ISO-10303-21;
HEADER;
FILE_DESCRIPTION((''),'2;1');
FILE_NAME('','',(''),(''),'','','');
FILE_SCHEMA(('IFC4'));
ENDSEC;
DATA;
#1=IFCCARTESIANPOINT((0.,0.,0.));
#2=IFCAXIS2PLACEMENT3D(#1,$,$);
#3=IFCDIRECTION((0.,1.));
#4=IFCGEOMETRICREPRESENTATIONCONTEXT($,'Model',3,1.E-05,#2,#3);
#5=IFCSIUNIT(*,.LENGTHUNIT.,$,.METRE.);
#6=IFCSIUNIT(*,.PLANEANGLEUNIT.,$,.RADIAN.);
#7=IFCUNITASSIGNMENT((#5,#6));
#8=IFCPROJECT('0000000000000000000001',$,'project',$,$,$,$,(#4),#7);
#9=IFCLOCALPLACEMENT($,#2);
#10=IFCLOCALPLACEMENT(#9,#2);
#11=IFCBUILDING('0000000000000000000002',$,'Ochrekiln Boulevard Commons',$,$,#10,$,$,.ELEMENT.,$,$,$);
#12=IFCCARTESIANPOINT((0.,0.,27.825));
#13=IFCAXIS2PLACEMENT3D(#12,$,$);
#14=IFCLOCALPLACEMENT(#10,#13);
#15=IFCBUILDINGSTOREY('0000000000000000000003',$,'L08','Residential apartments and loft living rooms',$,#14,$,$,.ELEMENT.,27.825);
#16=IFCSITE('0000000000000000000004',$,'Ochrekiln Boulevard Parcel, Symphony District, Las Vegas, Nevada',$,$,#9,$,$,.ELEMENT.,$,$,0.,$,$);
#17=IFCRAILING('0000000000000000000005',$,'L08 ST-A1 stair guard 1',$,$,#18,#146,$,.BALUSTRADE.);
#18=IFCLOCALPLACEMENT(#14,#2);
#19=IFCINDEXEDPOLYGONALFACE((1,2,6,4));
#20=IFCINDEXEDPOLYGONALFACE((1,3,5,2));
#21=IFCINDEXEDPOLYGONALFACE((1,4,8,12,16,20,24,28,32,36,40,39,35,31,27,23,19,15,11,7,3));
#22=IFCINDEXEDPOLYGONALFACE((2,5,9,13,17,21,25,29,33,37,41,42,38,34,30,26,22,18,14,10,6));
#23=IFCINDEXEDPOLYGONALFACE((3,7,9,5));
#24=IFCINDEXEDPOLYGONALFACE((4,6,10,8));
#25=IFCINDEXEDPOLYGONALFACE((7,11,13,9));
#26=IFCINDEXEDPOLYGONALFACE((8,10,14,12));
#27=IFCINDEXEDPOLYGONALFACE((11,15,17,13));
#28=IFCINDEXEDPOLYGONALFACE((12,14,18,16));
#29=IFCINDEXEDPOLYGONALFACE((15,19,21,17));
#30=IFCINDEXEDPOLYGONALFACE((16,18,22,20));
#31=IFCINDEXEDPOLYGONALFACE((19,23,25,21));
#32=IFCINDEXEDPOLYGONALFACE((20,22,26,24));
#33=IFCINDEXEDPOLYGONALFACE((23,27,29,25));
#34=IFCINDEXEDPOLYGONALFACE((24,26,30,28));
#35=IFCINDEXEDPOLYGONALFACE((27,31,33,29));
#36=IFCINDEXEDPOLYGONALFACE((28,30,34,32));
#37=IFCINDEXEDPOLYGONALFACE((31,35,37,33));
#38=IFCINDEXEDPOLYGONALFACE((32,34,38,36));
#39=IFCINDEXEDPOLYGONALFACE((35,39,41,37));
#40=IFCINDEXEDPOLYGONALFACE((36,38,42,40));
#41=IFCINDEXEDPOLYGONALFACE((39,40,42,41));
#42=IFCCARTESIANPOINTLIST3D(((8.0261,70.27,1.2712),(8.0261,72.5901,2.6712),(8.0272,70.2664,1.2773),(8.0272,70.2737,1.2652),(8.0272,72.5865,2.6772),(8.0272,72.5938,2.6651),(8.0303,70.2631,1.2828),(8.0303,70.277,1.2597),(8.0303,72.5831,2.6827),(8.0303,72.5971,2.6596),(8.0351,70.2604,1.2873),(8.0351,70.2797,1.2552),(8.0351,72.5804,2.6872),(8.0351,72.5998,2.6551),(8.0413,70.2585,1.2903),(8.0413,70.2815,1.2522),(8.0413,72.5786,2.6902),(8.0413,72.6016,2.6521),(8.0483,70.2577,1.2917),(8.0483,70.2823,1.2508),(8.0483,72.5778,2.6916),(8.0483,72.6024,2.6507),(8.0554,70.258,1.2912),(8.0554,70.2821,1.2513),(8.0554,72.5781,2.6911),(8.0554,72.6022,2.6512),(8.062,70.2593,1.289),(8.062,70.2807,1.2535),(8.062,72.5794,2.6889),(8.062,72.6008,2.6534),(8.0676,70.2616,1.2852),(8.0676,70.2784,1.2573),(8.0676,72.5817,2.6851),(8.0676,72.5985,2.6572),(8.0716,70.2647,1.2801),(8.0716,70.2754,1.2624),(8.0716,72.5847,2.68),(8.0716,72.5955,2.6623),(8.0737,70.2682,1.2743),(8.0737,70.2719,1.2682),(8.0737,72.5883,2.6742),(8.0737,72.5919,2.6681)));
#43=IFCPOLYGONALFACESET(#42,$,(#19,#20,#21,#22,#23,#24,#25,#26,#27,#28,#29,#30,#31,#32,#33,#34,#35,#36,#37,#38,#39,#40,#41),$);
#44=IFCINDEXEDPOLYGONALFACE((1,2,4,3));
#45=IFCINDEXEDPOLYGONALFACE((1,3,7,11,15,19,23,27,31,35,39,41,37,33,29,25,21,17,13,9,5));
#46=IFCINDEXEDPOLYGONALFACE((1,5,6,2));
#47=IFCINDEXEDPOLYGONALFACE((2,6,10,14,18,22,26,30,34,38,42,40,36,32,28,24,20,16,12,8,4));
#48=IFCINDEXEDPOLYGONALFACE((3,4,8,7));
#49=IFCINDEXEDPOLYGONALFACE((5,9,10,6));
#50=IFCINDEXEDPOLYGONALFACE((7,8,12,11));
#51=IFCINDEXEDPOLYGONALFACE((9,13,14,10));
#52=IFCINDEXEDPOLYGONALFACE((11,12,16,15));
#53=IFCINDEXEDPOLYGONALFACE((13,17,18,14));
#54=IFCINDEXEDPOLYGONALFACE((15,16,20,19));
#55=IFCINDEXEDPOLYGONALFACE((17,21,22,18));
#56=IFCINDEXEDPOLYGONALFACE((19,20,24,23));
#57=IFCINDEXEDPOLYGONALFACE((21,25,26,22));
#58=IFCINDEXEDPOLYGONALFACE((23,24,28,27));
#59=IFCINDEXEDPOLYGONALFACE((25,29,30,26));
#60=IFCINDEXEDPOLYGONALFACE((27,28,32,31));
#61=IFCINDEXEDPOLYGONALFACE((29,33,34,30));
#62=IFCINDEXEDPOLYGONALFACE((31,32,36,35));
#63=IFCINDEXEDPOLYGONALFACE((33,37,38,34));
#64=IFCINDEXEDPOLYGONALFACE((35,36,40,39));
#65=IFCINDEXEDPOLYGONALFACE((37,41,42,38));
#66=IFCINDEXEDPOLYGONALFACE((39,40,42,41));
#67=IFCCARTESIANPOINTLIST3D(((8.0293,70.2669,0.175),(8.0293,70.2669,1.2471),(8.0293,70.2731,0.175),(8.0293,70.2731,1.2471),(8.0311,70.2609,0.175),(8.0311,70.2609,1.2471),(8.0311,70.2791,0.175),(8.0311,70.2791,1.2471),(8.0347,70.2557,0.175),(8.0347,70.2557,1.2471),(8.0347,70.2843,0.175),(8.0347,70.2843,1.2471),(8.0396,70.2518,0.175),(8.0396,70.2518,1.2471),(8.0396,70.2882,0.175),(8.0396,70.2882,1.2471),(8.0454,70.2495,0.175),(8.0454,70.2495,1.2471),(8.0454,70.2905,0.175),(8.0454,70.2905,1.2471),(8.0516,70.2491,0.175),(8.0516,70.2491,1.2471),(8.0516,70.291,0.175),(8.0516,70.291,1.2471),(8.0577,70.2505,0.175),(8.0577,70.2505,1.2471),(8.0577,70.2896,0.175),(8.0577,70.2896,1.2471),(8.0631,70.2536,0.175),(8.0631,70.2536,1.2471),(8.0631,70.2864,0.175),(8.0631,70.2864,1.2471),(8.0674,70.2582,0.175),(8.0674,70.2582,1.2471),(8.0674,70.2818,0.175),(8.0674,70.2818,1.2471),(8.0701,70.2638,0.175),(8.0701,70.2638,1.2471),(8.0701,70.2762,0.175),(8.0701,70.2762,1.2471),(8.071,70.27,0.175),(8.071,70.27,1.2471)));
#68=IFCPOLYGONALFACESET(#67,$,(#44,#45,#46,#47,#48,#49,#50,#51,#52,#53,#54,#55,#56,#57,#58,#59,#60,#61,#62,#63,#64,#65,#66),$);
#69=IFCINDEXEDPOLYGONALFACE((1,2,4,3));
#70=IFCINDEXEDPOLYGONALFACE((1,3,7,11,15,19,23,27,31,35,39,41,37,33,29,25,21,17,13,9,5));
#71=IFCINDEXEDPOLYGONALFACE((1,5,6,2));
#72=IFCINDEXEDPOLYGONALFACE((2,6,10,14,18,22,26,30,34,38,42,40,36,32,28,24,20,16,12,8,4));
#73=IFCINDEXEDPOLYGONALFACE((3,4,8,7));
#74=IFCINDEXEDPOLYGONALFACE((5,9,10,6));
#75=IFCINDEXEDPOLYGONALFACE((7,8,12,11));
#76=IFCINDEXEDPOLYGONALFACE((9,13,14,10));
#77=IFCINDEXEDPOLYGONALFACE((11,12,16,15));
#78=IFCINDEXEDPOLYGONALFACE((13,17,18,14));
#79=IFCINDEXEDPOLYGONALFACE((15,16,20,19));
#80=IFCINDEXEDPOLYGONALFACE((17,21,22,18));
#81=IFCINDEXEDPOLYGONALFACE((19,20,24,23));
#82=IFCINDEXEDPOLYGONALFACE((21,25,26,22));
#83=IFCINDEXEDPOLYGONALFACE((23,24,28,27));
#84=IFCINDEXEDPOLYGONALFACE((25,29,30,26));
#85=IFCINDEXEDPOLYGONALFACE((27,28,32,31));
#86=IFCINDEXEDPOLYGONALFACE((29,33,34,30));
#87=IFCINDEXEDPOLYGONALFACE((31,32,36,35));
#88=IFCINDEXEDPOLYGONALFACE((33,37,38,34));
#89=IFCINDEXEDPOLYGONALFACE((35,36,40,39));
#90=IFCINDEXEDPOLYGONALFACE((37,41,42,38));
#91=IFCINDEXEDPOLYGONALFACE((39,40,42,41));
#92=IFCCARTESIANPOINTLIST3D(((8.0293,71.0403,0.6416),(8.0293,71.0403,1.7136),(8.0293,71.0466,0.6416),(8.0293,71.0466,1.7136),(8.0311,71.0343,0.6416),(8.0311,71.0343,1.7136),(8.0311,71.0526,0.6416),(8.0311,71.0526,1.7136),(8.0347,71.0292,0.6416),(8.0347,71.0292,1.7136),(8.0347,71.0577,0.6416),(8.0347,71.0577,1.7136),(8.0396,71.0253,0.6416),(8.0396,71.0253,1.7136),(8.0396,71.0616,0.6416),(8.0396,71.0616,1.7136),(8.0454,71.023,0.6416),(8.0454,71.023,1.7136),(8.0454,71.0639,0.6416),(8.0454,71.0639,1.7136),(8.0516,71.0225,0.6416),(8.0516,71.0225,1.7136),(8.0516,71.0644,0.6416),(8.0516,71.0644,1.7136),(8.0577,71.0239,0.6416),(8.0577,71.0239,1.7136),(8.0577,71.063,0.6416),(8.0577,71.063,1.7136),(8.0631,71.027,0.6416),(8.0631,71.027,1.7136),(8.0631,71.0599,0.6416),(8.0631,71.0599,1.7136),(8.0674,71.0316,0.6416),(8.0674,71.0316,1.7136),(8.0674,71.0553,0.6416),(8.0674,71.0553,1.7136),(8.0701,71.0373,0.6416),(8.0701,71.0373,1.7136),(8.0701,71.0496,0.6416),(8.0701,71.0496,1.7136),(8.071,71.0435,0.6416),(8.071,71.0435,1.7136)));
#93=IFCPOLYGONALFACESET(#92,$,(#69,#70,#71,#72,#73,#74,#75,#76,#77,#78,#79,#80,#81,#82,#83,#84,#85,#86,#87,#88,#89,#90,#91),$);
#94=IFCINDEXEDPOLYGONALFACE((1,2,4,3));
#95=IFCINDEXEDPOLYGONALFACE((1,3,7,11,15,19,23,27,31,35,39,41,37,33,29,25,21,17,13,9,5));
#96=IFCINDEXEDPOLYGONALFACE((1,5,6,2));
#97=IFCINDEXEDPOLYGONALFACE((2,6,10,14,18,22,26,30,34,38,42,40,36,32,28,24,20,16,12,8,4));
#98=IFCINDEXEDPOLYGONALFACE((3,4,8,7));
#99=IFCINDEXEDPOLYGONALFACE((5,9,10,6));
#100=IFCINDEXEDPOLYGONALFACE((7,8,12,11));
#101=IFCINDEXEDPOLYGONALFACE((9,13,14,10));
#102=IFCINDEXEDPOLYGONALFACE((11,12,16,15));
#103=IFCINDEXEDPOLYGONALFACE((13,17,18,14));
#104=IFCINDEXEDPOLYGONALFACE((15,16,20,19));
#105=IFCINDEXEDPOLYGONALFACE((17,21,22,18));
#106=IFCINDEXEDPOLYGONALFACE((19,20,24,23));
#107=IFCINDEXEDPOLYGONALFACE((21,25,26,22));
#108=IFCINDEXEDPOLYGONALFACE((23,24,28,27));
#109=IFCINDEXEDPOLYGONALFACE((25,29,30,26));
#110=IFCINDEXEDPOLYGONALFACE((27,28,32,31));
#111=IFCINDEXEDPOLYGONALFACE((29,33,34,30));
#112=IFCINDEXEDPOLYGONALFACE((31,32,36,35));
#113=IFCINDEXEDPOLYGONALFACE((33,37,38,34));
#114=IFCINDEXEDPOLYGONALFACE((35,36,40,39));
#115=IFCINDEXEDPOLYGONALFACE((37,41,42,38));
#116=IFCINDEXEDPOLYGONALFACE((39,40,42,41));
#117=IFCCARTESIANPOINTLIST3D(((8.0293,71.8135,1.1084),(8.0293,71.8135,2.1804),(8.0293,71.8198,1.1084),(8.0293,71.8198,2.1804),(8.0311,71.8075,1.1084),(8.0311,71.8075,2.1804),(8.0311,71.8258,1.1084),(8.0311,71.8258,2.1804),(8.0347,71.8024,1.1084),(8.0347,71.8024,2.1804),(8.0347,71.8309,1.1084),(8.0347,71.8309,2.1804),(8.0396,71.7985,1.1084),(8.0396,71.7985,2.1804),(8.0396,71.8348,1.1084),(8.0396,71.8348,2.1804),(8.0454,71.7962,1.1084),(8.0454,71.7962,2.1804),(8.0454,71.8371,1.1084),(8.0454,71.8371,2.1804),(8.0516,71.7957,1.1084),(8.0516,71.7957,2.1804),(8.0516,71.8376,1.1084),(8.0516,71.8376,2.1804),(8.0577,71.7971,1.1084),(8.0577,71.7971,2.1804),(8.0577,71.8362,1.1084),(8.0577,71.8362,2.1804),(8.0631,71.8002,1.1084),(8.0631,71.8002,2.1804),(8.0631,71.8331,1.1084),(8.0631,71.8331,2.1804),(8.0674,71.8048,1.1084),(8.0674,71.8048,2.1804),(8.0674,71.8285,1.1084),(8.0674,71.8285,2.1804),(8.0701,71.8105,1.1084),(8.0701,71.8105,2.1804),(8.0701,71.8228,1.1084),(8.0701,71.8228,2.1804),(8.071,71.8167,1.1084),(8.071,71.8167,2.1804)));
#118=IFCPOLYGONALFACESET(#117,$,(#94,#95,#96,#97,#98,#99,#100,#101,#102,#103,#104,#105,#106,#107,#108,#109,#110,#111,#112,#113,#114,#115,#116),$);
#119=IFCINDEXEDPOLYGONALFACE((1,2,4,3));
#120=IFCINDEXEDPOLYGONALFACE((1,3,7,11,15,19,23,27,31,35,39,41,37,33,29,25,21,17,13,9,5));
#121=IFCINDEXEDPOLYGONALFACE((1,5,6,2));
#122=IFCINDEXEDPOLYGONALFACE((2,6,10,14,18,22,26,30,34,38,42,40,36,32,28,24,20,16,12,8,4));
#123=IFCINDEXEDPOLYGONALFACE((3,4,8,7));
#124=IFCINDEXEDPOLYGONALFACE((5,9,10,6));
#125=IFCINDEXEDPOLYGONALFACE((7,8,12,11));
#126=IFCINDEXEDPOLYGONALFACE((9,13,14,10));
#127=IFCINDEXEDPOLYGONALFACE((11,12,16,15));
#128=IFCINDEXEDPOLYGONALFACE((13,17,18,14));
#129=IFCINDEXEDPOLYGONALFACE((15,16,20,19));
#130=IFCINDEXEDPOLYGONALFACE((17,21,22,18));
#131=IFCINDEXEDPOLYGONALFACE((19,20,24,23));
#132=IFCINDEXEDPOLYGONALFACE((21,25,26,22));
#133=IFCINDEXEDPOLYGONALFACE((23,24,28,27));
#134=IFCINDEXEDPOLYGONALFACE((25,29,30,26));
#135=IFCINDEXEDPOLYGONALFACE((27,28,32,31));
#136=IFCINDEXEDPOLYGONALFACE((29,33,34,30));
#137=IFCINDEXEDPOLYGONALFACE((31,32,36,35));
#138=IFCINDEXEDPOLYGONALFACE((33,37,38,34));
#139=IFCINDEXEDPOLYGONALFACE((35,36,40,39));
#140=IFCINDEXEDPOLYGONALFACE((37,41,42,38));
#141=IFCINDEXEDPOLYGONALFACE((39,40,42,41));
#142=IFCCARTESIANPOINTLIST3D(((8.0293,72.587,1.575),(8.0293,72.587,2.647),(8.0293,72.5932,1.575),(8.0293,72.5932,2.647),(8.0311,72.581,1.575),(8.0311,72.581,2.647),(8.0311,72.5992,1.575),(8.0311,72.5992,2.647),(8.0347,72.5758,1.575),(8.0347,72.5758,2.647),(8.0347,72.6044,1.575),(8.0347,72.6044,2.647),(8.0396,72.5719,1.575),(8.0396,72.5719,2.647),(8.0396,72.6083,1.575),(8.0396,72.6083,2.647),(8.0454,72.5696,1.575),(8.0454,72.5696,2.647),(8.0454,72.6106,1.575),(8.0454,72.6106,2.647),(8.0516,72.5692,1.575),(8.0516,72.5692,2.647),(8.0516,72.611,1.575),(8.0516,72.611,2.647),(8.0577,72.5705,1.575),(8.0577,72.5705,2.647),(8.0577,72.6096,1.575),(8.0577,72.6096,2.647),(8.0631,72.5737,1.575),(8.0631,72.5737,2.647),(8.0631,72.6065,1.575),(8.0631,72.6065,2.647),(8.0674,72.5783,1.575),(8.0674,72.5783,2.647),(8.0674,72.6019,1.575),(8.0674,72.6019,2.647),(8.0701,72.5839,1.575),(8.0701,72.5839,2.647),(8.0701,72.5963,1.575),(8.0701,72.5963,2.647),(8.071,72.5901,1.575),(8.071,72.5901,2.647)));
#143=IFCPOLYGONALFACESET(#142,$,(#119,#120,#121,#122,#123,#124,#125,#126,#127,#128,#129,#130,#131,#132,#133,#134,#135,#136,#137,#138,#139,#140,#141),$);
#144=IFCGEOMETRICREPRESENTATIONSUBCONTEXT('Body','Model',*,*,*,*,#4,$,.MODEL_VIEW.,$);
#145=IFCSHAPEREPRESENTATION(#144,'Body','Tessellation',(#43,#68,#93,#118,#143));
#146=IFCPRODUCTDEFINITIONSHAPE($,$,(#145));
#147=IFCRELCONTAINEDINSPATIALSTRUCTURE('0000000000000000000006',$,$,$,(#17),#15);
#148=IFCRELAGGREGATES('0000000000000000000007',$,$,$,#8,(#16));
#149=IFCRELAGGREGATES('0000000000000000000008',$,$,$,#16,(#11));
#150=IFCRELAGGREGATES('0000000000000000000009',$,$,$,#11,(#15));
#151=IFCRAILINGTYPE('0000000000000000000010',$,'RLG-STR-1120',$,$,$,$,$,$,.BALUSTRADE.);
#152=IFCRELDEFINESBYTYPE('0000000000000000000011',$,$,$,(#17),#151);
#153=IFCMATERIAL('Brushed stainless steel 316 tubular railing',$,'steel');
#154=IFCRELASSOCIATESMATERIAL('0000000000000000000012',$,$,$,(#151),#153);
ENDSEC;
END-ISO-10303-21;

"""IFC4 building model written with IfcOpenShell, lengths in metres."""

from ifc_helpers import new_model, si_unit, direction, frame, origin, origin_2d, place, context, subcontext, project, spatial, circle, extrude, material, type_object, element, save


model = new_model("IFC4")

# Units and contexts
model_context = context("Model", 3, precision=1e-05, world=origin(), true_north=direction((0.0, 1.0)))
body_context = subcontext(model_context, "Body", "Model", "MODEL_VIEW")
ifc_project = project(units=[si_unit("LENGTHUNIT", "METRE"), si_unit("PLANEANGLEUNIT", "RADIAN")], contexts=[model_context])

# Site, building, storey
site_placement = place(None, origin())
site = spatial("IfcSite", under=ifc_project, at=site_placement, Name="Ochrekiln Boulevard Parcel, Symphony District, Las Vegas, Nevada", CompositionType="ELEMENT", RefElevation=0.0)
building_placement = place(site_placement, origin())
building = spatial("IfcBuilding", under=site, at=building_placement, Name="Ochrekiln Boulevard Commons", CompositionType="ELEMENT")
storey_placement = place(building_placement, frame((0.0, 0.0, 27.825)))
storey = spatial("IfcBuildingStorey", under=building, at=storey_placement, Name="L08", Description="Residential apartments and loft living rooms", CompositionType="ELEMENT", Elevation=27.825)

# Railing
ifc_material_1 = material(Name="Brushed stainless steel 316 tubular railing", Category="steel")
railing_type_1 = type_object("IfcRailingType", Name="RLG-STR-1120", PredefinedType="BALUSTRADE", material=ifc_material_1)
railing_1_placement = place(storey_placement, frame((8.05, 70.27, 0.175)))
element("IfcRailing", 1, at=railing_1_placement, inside=storey, type_object=railing_type_1, Name="L08 ST-A1 stair guard 1", PredefinedType="BALUSTRADE", context=body_context, shape_type="SweptSolid", body=[
    extrude(circle(Radius=0.0239, at=origin_2d()), frame((0.0, 0.0, 1.0962), z_axis=(0.0, 0.85621, 0.516627), x_axis=(-1.0, 0.0, 0.0)), (0.0, 0.0, 1.0), 2.7097),
    extrude(circle(Radius=0.021, at=origin_2d()), origin(), (0.0, 0.0, 1.0), 1.072),
    extrude(circle(Radius=0.021, at=origin_2d()), frame((0.0, 0.7734, 0.4666)), (0.0, 0.0, 1.0), 1.072),
    extrude(circle(Radius=0.021, at=origin_2d()), frame((0.0, 1.5466, 0.9333)), (0.0, 0.0, 1.0), 1.072),
    extrude(circle(Radius=0.021, at=origin_2d()), frame((0.0, 2.3201, 1.3999)), (0.0, 0.0, 1.0), 1.072),
])

save(model, "model.ifc")
